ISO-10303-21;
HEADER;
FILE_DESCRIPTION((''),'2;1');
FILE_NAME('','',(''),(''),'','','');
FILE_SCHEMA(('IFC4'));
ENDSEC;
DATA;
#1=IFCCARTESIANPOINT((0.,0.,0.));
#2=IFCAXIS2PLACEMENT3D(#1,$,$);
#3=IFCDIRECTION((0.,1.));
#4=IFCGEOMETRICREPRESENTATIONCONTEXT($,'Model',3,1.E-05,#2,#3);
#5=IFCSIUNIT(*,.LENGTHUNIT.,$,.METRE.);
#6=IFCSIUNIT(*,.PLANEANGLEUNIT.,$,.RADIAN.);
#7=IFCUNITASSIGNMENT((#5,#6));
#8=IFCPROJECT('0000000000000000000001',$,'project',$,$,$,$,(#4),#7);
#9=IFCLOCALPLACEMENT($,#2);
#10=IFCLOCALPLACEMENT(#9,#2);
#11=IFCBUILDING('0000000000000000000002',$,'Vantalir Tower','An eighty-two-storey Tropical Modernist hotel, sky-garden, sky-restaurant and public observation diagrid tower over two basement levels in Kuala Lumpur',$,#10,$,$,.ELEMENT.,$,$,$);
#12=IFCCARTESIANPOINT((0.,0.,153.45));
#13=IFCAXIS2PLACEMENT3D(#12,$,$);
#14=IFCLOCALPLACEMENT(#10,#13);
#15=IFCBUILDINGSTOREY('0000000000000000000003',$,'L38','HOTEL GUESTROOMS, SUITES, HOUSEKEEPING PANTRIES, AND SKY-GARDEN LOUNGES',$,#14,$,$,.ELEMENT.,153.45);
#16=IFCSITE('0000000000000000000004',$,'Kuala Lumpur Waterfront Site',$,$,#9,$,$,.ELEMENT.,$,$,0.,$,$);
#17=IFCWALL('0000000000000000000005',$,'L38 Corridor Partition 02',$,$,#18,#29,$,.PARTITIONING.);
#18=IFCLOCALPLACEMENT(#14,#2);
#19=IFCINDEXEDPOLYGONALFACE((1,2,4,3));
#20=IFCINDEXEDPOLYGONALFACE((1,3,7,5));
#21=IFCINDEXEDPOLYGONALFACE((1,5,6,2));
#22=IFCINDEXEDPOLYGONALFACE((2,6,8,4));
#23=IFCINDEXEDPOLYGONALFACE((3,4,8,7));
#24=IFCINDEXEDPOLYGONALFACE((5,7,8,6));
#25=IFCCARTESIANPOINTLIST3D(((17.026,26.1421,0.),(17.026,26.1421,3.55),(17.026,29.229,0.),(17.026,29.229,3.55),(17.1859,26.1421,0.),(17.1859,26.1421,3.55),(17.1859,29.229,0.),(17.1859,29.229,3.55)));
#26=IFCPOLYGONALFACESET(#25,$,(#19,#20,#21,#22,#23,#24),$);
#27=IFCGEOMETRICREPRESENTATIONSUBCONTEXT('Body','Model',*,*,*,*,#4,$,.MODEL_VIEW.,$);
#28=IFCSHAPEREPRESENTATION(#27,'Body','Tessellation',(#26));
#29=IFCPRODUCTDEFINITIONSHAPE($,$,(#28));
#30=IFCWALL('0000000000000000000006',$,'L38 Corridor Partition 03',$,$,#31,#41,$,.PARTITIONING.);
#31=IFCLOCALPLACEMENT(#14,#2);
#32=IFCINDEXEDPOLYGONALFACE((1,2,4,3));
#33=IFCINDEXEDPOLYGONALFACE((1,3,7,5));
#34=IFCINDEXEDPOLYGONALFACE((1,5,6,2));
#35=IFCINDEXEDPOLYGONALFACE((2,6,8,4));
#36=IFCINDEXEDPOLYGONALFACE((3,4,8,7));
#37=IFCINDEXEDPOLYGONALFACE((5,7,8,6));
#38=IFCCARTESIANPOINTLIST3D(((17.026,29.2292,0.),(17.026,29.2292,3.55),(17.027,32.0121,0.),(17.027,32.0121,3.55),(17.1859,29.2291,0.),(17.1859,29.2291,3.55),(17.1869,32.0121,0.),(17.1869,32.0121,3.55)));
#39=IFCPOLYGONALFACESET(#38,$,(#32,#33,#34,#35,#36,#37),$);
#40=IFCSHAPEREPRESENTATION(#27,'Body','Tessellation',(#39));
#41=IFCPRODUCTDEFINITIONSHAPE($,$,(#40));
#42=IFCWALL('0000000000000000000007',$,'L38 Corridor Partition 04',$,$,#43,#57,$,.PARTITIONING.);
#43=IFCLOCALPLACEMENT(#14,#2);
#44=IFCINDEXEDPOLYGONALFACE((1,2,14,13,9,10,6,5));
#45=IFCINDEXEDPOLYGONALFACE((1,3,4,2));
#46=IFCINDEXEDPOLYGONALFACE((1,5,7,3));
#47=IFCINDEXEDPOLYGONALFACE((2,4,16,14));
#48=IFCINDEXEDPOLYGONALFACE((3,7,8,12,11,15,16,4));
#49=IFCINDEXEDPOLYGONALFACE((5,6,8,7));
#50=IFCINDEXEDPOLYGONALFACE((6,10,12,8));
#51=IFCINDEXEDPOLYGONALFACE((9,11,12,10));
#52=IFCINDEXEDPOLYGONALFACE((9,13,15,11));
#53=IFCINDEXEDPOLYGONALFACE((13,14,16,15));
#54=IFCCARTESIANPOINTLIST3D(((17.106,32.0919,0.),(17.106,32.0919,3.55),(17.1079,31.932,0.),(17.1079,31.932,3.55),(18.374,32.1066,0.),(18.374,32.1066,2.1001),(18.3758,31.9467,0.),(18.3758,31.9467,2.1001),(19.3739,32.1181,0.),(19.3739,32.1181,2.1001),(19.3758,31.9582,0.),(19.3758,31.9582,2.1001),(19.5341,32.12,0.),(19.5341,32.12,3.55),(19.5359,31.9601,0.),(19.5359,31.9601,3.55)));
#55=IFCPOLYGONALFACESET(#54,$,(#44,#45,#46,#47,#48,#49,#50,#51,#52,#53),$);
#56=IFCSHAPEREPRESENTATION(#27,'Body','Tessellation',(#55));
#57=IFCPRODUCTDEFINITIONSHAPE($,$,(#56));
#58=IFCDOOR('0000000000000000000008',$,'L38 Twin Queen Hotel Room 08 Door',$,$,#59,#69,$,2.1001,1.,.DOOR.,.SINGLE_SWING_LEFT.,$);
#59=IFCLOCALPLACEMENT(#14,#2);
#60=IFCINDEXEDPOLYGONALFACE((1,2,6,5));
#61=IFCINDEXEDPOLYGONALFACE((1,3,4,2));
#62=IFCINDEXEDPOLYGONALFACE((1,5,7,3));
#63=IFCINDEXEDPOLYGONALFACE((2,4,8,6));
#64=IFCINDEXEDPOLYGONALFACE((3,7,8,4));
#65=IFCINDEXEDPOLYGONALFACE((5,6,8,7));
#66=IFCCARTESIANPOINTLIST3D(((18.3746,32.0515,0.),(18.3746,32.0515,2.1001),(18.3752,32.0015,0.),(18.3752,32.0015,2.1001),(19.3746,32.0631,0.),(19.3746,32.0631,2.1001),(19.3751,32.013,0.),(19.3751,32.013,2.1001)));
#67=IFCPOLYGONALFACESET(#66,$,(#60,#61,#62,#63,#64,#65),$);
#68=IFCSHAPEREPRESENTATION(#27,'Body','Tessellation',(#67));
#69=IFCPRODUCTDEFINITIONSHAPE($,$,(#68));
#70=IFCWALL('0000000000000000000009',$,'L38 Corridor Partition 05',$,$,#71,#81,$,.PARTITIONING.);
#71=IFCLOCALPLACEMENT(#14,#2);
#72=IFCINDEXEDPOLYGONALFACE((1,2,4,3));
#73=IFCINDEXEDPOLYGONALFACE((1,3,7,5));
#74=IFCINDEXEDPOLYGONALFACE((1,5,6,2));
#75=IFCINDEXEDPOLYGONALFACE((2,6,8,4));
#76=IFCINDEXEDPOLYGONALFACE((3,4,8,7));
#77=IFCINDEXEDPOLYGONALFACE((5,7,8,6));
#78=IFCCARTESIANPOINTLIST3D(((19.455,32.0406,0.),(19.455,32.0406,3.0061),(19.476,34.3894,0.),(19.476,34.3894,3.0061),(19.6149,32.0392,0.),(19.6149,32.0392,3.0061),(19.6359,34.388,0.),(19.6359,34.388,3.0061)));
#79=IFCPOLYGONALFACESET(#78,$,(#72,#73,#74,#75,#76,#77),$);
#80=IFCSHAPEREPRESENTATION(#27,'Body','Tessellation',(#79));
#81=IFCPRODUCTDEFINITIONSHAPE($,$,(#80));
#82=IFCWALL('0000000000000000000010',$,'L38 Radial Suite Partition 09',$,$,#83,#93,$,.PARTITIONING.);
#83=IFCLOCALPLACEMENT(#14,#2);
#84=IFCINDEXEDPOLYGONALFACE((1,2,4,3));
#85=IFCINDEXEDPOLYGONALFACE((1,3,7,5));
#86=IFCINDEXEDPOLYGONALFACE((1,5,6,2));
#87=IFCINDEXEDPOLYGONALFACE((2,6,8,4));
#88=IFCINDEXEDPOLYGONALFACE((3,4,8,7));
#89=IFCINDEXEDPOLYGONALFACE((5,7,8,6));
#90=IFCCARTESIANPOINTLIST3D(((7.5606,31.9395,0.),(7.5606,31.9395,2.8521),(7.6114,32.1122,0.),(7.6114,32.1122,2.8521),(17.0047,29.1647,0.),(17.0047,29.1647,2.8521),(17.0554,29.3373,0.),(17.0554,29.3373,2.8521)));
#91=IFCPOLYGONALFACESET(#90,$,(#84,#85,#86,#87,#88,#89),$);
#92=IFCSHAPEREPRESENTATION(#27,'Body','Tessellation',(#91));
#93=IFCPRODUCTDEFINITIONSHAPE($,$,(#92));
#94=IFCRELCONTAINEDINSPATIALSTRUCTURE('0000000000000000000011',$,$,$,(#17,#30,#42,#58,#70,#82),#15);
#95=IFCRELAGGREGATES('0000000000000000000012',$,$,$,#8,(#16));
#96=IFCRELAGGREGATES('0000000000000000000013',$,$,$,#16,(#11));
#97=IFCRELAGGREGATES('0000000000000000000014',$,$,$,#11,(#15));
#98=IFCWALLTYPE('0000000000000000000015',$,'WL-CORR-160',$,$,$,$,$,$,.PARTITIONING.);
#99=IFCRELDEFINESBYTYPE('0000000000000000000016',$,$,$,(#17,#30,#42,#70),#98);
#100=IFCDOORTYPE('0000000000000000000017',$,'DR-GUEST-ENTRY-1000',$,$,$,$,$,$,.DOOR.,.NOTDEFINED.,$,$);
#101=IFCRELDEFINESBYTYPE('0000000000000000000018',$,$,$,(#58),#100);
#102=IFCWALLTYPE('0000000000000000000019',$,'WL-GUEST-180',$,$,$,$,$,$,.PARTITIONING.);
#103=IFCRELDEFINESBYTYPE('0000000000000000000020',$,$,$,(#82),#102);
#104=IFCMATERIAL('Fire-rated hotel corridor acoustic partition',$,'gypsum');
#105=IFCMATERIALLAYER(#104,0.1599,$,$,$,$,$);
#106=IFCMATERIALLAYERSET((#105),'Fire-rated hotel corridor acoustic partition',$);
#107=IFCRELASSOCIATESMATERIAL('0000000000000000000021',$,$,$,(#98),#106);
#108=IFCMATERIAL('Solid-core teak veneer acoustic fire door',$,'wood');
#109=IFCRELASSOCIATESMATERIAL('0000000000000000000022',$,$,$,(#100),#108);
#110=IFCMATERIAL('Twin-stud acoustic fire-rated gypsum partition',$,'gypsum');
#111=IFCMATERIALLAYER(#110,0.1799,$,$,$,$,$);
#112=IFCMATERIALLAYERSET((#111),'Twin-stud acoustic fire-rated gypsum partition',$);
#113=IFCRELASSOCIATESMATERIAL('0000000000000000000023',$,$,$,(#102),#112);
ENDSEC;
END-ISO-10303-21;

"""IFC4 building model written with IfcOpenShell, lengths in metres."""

from ifc_helpers import new_model, si_unit, direction, frame, frame_2d, origin, place, context, subcontext, project, spatial, rectangle, extrude, material, layer, layer_set, type_object, element, fill, save


model = new_model("IFC4")

# Units and contexts
model_context = context("Model", 3, precision=1e-05, world=origin(), true_north=direction((0.0, 1.0)))
body_context = subcontext(model_context, "Body", "Model", "MODEL_VIEW")
ifc_project = project(units=[si_unit("LENGTHUNIT", "METRE"), si_unit("PLANEANGLEUNIT", "RADIAN")], contexts=[model_context])

# Site, building, storey
site_placement = place(None, origin())
site = spatial("IfcSite", under=ifc_project, at=site_placement, Name="Kuala Lumpur Waterfront Site", CompositionType="ELEMENT", RefElevation=0.0)
building_placement = place(site_placement, origin())
building = spatial("IfcBuilding", under=site, at=building_placement, Name="Vantalir Tower", Description="An eighty-two-storey Tropical Modernist hotel, sky-garden, sky-restaurant and public observation diagrid tower over two basement levels in Kuala Lumpur", CompositionType="ELEMENT")
storey_placement = place(building_placement, frame((0.0, 0.0, 153.45)))
storey = spatial("IfcBuildingStorey", under=building, at=storey_placement, Name="L38", Description="HOTEL GUESTROOMS, SUITES, HOUSEKEEPING PANTRIES, AND SKY-GARDEN LOUNGES", CompositionType="ELEMENT", Elevation=153.45)

# Walls
ifc_material_1 = material(Name="Fire-rated hotel corridor acoustic partition", Category="gypsum")
ifc_layer_1 = layer(ifc_material_1, 0.1599)
ifc_layer_set_1 = layer_set([ifc_layer_1], Name="Fire-rated hotel corridor acoustic partition")
wall_type_1 = type_object("IfcWallType", Name="WL-CORR-160", PredefinedType="PARTITIONING", material=ifc_layer_set_1)
wall_1_placement = place(storey_placement, frame((17.106, 26.1421, 0.0), z_axis=(0.0, 0.0, 1.0), x_axis=(0.0, 1.0, 0.0)))
element("IfcWall", 1, at=wall_1_placement, inside=storey, type_object=wall_type_1, Name="L38 Corridor Partition 02", PredefinedType="PARTITIONING", context=body_context, shape_type="SweptSolid", body=[
    extrude(rectangle(XDim=3.0869, YDim=0.1599, at=frame_2d((1.5435, 0.0))), origin(), (0.0, 0.0, 1.0), 3.55),
])
wall_2_placement = place(storey_placement, frame((17.106, 29.229, 0.0), z_axis=(0.0, 0.0, 1.0), x_axis=(0.000351, 1.0, 0.0)))
element("IfcWall", 2, at=wall_2_placement, inside=storey, type_object=wall_type_1, Name="L38 Corridor Partition 03", PredefinedType="PARTITIONING", context=body_context, shape_type="SweptSolid", body=[
    extrude(rectangle(XDim=2.783, YDim=0.1599, at=frame_2d((1.3916, 0.0))), origin(), (0.0, 0.0, 1.0), 3.55),
])

# Wall, opening, door
wall_3_placement = place(storey_placement, frame((17.1069, 32.012, 0.0), z_axis=(0.0, 0.0, 1.0), x_axis=(0.999933, 0.011563, 0.0)))
wall_3 = element("IfcWall", 3, at=wall_3_placement, inside=storey, type_object=wall_type_1, Name="L38 Corridor Partition 04", PredefinedType="PARTITIONING", context=body_context, shape_type="SweptSolid", body=[
    extrude(rectangle(XDim=2.4282, YDim=0.1599, at=frame_2d((1.2141, 0.0))), origin(), (0.0, 0.0, 1.0), 3.55),
])
opening_1_placement = place(wall_3_placement, frame((1.2681, 0.0, 0.0)))
opening_1 = element("IfcOpeningElement", 4, at=opening_1_placement, cuts=wall_3, PredefinedType="OPENING", context=body_context, shape_type="SweptSolid", body=[
    extrude(rectangle(XDim=1.0, YDim=2.1001, at=frame_2d((0.5, 1.05))), frame((0.0, 0.0898, 0.0), z_axis=(0.0, -1.0, 0.0), x_axis=(1.0, 0.0, 0.0)), (0.0, 0.0, 1.0), 0.1799),
])
ifc_material_2 = material(Name="Solid-core teak veneer acoustic fire door", Category="wood")
door_type_1 = type_object("IfcDoorType", Name="DR-GUEST-ENTRY-1000", OperationType="NOTDEFINED", PredefinedType="DOOR", material=ifc_material_2)
door_1_placement = place(opening_1_placement, origin())
door_1 = element("IfcDoor", 5, at=door_1_placement, inside=storey, type_object=door_type_1, Name="L38 Twin Queen Hotel Room 08 Door", OperationType="SINGLE_SWING_LEFT", OverallHeight=2.1001, OverallWidth=1.0, PredefinedType="DOOR", context=body_context, shape_type="SweptSolid", body=[
    extrude(rectangle(XDim=1.0, YDim=2.1001, at=frame_2d((0.5, 1.05))), frame((0.0, 0.0249, 0.0), z_axis=(0.0, -1.0, 0.0), x_axis=(1.0, 0.0, 0.0)), (0.0, 0.0, 1.0), 0.05),
])
fill(opening_1, door_1)

# Walls
wall_4_placement = place(storey_placement, frame((19.5349, 32.04, 0.0), z_axis=(0.0, 0.0, 1.0), x_axis=(0.008938, 0.99996, 0.0)))
element("IfcWall", 6, at=wall_4_placement, inside=storey, type_object=wall_type_1, Name="L38 Corridor Partition 05", PredefinedType="PARTITIONING", context=body_context, shape_type="SweptSolid", body=[
    extrude(rectangle(XDim=2.3489, YDim=0.1599, at=frame_2d((1.1743, 0.0))), origin(), (0.0, 0.0, 1.0), 3.0061),
])
ifc_material_3 = material(Name="Twin-stud acoustic fire-rated gypsum partition", Category="gypsum")
ifc_layer_2 = layer(ifc_material_3, 0.1799)
ifc_layer_set_2 = layer_set([ifc_layer_2], Name="Twin-stud acoustic fire-rated gypsum partition")
wall_type_2 = type_object("IfcWallType", Name="WL-GUEST-180", PredefinedType="PARTITIONING", material=ifc_layer_set_2)
wall_5_placement = place(storey_placement, frame((17.03, 29.251, 0.0), z_axis=(0.0, 0.0, 1.0), x_axis=(-0.959442, 0.281907, 0.0)))
element("IfcWall", 7, at=wall_5_placement, inside=storey, type_object=wall_type_2, Name="L38 Radial Suite Partition 09", PredefinedType="PARTITIONING", context=body_context, shape_type="SweptSolid", body=[
    extrude(rectangle(XDim=9.8433, YDim=0.1799, at=frame_2d((4.9216, 0.0))), origin(), (0.0, 0.0, 1.0), 2.8521),
])

save(model, "model.ifc")
